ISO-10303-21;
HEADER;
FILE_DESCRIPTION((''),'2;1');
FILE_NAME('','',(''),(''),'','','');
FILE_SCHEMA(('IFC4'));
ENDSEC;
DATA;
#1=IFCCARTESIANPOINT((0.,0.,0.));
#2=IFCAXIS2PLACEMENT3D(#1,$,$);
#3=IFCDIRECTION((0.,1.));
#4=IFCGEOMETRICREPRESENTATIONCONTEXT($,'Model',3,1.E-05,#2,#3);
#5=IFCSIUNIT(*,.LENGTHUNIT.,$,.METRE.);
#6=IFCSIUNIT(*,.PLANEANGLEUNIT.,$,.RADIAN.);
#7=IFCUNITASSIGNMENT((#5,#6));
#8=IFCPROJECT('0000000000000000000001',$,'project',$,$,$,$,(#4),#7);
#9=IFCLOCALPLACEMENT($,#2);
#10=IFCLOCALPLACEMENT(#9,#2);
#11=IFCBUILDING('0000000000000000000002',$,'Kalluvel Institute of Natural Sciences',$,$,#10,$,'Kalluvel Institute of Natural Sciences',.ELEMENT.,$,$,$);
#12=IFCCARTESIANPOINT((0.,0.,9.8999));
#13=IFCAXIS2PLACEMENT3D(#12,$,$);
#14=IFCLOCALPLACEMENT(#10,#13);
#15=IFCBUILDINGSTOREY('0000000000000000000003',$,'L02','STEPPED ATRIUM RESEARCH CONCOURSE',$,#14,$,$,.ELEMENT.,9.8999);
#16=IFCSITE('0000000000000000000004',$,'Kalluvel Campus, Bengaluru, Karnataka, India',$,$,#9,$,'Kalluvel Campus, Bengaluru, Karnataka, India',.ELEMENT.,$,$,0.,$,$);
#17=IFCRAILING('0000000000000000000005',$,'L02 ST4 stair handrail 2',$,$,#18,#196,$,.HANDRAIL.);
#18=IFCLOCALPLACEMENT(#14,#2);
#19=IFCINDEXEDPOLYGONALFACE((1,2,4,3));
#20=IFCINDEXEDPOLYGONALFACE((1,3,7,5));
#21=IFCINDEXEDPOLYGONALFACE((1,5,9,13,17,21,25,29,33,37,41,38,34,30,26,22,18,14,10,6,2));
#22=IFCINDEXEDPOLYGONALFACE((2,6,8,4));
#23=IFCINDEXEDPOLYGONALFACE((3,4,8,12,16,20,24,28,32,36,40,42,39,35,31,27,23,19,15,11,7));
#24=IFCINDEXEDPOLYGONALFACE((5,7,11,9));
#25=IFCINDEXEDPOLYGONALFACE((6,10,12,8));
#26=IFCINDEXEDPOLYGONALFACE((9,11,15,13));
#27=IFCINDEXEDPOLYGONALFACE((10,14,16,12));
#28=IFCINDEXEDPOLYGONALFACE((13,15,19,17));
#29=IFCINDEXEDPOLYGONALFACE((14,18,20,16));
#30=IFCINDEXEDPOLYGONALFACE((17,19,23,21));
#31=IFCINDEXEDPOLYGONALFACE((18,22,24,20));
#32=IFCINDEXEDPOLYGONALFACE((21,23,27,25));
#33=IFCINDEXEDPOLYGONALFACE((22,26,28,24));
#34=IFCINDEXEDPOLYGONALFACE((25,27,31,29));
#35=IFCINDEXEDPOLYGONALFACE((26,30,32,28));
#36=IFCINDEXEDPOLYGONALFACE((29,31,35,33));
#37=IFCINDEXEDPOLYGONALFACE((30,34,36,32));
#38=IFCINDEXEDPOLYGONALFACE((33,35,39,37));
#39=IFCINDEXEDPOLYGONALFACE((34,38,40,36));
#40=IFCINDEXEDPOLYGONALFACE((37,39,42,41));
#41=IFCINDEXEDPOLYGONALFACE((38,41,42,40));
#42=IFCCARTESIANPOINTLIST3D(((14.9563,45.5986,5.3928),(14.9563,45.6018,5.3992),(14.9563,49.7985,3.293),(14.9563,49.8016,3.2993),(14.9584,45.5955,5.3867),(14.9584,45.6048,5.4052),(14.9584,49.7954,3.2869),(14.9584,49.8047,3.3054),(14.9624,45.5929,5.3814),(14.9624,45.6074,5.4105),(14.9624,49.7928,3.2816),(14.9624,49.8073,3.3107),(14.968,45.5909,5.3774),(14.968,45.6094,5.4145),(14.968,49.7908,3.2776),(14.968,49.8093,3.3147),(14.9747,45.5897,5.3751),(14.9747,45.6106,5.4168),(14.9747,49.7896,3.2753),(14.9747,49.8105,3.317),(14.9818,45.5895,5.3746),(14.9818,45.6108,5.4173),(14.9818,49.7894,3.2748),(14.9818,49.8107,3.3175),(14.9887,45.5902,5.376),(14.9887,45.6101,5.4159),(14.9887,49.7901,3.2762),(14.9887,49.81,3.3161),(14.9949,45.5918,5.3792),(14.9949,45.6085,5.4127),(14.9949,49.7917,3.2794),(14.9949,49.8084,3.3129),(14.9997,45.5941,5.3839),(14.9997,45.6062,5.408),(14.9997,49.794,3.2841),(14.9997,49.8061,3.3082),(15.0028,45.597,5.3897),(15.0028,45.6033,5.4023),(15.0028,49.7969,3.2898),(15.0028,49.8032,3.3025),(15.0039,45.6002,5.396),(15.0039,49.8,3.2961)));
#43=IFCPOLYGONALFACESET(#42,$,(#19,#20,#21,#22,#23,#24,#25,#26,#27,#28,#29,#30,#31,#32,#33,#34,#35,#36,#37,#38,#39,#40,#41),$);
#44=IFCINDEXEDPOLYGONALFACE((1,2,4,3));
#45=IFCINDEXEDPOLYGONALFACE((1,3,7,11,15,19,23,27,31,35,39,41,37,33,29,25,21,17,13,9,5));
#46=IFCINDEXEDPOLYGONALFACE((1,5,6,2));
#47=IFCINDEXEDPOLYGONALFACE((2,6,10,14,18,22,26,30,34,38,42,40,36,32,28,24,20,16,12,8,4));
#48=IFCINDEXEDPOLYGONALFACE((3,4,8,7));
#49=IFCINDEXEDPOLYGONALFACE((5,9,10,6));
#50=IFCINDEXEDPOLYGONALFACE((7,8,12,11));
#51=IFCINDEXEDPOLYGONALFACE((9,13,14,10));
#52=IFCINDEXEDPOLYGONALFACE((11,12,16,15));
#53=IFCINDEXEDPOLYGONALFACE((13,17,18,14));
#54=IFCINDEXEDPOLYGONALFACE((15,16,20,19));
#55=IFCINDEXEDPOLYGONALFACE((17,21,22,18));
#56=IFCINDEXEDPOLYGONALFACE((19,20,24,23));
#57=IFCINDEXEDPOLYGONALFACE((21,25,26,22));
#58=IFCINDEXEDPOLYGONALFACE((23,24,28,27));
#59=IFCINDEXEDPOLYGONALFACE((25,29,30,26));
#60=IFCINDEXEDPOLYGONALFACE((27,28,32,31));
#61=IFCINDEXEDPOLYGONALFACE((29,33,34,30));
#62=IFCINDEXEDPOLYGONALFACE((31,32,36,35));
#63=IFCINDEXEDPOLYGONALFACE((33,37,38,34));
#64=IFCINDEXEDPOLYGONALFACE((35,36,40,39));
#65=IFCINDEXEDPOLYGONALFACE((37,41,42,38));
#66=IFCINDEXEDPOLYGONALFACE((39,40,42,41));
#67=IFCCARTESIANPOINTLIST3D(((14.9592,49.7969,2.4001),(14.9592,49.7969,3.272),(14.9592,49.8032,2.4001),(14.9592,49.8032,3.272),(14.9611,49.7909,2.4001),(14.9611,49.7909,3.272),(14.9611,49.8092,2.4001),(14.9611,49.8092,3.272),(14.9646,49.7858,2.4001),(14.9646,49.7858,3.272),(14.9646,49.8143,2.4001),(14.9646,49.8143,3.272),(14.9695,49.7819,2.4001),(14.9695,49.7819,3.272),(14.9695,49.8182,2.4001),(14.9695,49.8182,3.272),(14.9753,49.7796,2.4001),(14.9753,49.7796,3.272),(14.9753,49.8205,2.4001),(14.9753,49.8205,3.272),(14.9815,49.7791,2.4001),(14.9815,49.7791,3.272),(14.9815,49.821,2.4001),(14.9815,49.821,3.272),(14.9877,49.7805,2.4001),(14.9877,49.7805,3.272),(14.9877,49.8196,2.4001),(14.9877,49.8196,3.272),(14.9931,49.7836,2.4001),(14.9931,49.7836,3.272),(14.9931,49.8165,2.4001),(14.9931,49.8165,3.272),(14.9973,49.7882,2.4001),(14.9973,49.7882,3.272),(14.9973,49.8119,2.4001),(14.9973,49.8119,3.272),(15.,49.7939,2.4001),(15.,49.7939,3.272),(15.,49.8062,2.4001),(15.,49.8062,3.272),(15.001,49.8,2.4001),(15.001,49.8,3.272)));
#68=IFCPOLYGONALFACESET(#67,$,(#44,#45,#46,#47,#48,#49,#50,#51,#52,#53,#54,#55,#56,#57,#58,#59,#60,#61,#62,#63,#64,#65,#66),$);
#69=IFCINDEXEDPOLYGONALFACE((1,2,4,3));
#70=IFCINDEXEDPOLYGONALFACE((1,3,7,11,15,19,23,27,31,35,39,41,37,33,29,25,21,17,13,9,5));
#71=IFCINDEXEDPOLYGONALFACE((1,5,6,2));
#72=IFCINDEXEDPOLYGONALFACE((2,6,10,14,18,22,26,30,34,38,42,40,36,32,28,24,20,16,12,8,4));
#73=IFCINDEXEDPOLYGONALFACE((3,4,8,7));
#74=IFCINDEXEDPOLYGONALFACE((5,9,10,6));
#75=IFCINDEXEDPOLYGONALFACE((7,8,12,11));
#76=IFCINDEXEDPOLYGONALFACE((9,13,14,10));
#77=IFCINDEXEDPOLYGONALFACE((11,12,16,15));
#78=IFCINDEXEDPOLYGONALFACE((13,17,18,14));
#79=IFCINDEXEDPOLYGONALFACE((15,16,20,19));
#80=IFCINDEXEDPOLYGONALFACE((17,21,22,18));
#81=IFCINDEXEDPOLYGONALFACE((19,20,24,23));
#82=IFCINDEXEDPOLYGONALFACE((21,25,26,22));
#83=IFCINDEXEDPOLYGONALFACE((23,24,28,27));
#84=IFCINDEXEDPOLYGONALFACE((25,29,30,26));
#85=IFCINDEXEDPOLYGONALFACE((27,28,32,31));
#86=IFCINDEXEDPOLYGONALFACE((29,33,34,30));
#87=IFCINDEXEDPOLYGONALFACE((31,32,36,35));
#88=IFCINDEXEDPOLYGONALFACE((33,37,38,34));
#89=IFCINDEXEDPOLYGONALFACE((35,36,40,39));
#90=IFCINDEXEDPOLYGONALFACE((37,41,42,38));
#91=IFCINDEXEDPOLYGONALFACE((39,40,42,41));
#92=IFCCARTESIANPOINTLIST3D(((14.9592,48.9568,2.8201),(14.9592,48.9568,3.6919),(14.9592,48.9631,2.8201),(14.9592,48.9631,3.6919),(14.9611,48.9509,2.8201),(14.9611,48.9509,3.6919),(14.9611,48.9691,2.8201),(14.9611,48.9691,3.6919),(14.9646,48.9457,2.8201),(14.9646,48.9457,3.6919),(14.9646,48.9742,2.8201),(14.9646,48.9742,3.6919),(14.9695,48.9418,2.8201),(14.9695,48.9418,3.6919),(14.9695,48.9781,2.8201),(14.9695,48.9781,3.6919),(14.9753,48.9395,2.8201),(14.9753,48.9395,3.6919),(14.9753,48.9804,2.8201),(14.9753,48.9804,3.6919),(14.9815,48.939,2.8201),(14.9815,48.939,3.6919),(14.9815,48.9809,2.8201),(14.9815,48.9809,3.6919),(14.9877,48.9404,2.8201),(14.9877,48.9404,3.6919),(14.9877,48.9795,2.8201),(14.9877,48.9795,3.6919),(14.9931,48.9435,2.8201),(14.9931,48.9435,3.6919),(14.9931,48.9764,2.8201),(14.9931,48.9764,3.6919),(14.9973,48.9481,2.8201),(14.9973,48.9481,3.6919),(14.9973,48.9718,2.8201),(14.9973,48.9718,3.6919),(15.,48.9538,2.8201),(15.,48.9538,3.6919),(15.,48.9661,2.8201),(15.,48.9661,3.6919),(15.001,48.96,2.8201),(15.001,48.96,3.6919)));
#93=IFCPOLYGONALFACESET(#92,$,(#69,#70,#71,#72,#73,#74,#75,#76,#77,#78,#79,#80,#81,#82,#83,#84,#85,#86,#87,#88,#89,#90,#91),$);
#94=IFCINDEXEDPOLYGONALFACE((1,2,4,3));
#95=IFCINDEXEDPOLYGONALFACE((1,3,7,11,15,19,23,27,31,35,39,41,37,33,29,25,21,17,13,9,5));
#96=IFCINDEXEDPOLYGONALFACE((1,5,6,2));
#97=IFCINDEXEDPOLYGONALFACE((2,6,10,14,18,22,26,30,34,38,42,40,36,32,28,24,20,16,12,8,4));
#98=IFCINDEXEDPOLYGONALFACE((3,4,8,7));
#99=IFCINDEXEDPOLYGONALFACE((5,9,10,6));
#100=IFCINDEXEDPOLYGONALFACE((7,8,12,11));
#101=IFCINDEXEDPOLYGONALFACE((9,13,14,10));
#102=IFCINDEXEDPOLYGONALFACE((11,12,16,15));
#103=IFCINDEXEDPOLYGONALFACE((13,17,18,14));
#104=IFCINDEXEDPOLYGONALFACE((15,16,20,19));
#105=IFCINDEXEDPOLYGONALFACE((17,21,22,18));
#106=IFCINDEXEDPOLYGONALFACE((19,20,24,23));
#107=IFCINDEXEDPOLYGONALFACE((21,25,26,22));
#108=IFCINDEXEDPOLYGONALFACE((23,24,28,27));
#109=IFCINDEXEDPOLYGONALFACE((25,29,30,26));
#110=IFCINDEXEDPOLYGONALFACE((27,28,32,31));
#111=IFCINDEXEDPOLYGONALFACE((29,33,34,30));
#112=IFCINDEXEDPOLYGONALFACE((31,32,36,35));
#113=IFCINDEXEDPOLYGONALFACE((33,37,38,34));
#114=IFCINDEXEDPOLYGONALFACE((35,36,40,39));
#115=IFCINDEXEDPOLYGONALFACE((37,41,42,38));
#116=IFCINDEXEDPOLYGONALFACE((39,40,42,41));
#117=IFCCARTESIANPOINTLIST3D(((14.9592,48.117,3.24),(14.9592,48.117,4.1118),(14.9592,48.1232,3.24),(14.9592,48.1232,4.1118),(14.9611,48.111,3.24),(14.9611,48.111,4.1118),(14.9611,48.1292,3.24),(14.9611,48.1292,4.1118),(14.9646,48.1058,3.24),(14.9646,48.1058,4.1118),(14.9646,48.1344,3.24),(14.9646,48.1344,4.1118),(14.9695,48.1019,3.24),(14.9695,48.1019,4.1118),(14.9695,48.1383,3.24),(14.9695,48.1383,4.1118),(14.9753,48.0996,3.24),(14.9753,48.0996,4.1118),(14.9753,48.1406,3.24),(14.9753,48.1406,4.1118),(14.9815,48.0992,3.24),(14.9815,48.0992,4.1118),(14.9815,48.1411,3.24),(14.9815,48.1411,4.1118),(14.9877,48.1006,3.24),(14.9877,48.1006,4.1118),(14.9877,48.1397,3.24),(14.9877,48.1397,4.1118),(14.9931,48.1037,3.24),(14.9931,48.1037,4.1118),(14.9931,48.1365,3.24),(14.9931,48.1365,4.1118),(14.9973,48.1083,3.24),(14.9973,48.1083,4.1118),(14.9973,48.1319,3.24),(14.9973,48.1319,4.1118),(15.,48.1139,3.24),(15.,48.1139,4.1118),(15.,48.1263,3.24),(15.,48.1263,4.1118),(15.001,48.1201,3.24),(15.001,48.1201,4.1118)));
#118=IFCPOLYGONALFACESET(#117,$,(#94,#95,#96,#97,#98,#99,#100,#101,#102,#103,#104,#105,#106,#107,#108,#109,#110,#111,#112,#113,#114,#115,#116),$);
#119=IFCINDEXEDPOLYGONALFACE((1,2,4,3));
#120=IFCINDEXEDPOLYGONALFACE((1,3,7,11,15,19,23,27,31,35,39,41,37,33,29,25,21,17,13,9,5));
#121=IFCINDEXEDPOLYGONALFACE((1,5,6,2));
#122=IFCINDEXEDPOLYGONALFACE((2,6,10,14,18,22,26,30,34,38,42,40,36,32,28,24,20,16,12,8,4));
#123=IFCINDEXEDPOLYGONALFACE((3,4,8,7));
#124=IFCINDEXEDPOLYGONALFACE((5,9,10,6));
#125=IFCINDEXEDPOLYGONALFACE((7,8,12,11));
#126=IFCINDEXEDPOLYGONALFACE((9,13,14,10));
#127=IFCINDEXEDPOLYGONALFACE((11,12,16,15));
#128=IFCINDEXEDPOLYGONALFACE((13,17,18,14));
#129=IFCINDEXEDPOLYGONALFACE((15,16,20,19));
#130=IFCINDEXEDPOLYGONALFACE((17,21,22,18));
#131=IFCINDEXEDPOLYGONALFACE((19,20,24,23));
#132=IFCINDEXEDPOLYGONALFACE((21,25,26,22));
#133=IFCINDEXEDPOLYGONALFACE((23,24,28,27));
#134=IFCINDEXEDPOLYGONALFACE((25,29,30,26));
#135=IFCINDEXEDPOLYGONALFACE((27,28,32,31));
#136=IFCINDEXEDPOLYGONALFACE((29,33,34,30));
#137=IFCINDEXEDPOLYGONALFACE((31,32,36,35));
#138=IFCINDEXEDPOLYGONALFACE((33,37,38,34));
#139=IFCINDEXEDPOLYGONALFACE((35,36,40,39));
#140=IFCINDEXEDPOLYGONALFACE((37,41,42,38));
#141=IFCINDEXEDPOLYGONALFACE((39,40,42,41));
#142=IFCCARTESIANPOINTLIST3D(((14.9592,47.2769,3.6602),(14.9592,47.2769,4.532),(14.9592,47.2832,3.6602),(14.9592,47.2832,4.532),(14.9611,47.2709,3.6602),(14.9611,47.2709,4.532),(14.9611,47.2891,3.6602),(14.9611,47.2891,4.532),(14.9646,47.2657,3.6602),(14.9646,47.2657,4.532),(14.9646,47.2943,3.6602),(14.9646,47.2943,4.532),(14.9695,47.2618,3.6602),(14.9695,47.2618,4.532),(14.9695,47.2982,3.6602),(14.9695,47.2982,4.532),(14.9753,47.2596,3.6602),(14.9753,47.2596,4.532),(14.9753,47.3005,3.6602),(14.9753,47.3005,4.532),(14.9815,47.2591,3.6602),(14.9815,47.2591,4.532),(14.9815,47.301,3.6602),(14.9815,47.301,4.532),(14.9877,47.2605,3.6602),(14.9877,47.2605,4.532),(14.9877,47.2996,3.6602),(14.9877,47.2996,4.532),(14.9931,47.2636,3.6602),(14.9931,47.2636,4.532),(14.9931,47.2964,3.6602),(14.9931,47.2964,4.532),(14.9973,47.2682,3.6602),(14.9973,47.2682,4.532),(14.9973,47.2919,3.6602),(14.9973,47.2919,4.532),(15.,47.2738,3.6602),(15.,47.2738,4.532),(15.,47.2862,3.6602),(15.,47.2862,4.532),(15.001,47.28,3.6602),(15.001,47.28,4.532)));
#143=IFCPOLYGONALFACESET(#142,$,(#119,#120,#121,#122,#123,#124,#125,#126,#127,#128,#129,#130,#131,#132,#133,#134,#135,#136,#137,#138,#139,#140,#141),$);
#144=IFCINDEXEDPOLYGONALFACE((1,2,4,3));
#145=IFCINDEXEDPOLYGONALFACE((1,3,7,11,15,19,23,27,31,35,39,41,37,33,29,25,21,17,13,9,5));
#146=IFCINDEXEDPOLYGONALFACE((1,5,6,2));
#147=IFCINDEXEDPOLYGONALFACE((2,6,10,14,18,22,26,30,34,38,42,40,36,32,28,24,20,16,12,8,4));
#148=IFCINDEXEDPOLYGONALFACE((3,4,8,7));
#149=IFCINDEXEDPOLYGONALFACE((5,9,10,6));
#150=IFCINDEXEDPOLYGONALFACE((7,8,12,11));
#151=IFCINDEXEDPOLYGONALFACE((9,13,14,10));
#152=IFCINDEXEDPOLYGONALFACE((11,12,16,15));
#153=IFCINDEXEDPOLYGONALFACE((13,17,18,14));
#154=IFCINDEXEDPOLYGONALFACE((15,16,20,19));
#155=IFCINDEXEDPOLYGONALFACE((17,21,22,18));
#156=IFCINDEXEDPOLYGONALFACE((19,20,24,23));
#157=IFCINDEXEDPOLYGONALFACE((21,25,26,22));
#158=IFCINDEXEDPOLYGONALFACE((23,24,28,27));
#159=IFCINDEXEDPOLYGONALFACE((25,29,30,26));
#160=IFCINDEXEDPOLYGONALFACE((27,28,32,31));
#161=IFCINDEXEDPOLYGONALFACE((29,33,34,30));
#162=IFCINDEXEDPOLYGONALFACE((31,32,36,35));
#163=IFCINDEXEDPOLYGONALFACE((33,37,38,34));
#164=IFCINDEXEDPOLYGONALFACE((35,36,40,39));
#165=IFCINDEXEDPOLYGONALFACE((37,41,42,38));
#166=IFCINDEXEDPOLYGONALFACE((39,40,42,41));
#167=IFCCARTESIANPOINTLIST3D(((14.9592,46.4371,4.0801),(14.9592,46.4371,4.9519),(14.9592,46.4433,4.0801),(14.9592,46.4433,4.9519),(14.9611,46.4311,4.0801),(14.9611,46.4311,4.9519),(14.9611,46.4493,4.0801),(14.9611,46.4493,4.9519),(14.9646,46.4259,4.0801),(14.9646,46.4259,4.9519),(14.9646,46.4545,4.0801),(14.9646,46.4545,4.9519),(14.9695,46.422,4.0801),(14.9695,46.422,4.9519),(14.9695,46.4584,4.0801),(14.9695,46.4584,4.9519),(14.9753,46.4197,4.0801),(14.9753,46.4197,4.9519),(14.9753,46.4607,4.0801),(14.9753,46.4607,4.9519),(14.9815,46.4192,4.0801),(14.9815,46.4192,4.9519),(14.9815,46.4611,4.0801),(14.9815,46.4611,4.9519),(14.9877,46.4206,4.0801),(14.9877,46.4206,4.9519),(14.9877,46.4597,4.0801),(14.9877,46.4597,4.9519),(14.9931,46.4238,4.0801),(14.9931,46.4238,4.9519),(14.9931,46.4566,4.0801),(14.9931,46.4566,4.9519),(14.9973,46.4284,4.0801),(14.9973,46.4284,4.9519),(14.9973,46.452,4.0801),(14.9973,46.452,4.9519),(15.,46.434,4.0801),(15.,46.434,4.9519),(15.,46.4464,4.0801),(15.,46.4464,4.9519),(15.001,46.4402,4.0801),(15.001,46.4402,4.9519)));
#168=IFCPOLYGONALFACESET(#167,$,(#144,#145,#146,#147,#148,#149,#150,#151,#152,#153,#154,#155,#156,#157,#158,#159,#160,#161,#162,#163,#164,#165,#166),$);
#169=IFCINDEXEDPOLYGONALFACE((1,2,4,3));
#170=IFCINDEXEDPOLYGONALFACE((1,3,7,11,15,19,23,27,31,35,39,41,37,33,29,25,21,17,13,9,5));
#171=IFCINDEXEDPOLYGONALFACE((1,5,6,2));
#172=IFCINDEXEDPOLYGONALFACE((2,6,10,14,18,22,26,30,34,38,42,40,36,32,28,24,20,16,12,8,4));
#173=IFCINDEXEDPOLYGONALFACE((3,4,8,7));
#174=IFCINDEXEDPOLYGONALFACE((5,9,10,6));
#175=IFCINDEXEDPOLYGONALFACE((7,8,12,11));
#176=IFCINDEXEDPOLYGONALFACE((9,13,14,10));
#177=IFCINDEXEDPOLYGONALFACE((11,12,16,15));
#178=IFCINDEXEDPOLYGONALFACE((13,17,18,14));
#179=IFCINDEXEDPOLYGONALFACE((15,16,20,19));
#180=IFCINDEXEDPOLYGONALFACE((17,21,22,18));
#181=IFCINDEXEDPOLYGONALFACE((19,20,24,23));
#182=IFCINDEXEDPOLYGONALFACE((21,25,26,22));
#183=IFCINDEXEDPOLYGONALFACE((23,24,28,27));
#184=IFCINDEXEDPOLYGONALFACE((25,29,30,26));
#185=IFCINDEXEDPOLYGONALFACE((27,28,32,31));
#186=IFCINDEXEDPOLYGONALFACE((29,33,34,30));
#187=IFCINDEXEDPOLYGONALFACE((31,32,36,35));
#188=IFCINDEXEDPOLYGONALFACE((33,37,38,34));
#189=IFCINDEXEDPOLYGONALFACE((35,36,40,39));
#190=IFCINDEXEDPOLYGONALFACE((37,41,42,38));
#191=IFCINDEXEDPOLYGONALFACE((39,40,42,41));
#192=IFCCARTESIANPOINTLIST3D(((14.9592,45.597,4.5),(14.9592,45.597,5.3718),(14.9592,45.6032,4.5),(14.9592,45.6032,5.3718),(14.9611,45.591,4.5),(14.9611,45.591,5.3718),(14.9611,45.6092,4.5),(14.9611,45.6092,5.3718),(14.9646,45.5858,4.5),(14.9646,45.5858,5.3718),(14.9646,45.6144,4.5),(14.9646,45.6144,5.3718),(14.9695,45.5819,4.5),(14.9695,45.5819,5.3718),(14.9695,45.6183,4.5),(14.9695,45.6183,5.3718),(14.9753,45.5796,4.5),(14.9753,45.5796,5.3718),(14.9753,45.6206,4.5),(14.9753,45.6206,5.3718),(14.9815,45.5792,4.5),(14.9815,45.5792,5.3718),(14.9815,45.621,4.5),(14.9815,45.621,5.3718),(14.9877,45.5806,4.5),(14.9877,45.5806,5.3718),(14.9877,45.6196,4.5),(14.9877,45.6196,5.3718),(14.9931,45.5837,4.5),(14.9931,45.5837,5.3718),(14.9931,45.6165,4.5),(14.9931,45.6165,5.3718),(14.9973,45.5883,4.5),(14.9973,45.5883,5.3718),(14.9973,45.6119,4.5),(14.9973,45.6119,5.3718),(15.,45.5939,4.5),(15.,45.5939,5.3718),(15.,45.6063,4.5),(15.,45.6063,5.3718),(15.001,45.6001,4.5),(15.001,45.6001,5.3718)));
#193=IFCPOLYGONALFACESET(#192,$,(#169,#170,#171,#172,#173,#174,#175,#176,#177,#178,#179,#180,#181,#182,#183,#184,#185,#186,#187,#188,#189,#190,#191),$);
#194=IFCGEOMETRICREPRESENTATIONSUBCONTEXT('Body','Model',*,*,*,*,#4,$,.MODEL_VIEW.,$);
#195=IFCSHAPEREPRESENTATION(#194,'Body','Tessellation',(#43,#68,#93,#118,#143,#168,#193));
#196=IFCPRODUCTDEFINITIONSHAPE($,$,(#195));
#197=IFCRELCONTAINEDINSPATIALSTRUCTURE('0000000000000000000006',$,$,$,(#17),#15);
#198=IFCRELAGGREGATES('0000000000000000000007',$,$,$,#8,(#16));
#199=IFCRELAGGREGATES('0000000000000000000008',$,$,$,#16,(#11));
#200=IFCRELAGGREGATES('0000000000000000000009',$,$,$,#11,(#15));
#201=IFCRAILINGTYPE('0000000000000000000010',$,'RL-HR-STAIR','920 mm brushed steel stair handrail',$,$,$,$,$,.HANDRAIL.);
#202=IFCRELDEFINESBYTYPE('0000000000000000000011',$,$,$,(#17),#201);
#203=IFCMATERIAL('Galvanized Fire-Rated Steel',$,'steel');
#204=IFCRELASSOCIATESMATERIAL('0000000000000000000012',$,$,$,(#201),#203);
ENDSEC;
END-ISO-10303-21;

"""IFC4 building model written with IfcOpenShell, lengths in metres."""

from ifc_helpers import new_model, si_unit, direction, frame, origin, origin_2d, place, context, subcontext, project, spatial, circle, extrude, material, type_object, element, save


model = new_model("IFC4")

# Units and contexts
model_context = context("Model", 3, precision=1e-05, world=origin(), true_north=direction((0.0, 1.0)))
body_context = subcontext(model_context, "Body", "Model", "MODEL_VIEW")
ifc_project = project(units=[si_unit("LENGTHUNIT", "METRE"), si_unit("PLANEANGLEUNIT", "RADIAN")], contexts=[model_context])

# Site, building, storey
site_placement = place(None, origin())
site = spatial("IfcSite", under=ifc_project, at=site_placement, Name="Kalluvel Campus, Bengaluru, Karnataka, India", LongName="Kalluvel Campus, Bengaluru, Karnataka, India", CompositionType="ELEMENT", RefElevation=0.0)
building_placement = place(site_placement, origin())
building = spatial("IfcBuilding", under=site, at=building_placement, Name="Kalluvel Institute of Natural Sciences", LongName="Kalluvel Institute of Natural Sciences", CompositionType="ELEMENT")
storey_placement = place(building_placement, frame((0.0, 0.0, 9.8999)))
storey = spatial("IfcBuildingStorey", under=building, at=storey_placement, Name="L02", Description="STEPPED ATRIUM RESEARCH CONCOURSE", CompositionType="ELEMENT", Elevation=9.8999)

# Shared definitions
ifc_material_1 = material(Name="Galvanized Fire-Rated Steel", Category="steel")

# Railing
railing_type_1 = type_object("IfcRailingType", Name="RL-HR-STAIR", Description="920 mm brushed steel stair handrail", PredefinedType="HANDRAIL", material=ifc_material_1)
railing_1_placement = place(storey_placement, frame((14.98, 49.8, 2.4001)))
element("IfcRailing", 1, at=railing_1_placement, inside=storey, type_object=railing_type_1, Name="L02 ST4 stair handrail 2", PredefinedType="HANDRAIL", context=body_context, shape_type="SweptSolid", body=[
    extrude(circle(Radius=0.0239, at=origin_2d()), frame((0.0, 0.0, 0.896), z_axis=(0.0, -0.894438, 0.447193), x_axis=(1.0, 0.0, 0.0)), (0.0, 0.0, 1.0), 4.6956),
    extrude(circle(Radius=0.021, at=origin_2d()), origin(), (0.0, 0.0, 1.0), 0.8718),
    extrude(circle(Radius=0.021, at=origin_2d()), frame((0.0, -0.8401, 0.4199)), (0.0, 0.0, 1.0), 0.8718),
    extrude(circle(Radius=0.021, at=origin_2d()), frame((0.0, -1.6799, 0.8398)), (0.0, 0.0, 1.0), 0.8718),
    extrude(circle(Radius=0.021, at=origin_2d()), frame((0.0, -2.52, 1.26)), (0.0, 0.0, 1.0), 0.8718),
    extrude(circle(Radius=0.021, at=origin_2d()), frame((0.0, -3.3599, 1.6799)), (0.0, 0.0, 1.0), 0.8718),
    extrude(circle(Radius=0.021, at=origin_2d()), frame((0.0, -4.2, 2.0999)), (0.0, 0.0, 1.0), 0.8718),
])

save(model, "model.ifc")
